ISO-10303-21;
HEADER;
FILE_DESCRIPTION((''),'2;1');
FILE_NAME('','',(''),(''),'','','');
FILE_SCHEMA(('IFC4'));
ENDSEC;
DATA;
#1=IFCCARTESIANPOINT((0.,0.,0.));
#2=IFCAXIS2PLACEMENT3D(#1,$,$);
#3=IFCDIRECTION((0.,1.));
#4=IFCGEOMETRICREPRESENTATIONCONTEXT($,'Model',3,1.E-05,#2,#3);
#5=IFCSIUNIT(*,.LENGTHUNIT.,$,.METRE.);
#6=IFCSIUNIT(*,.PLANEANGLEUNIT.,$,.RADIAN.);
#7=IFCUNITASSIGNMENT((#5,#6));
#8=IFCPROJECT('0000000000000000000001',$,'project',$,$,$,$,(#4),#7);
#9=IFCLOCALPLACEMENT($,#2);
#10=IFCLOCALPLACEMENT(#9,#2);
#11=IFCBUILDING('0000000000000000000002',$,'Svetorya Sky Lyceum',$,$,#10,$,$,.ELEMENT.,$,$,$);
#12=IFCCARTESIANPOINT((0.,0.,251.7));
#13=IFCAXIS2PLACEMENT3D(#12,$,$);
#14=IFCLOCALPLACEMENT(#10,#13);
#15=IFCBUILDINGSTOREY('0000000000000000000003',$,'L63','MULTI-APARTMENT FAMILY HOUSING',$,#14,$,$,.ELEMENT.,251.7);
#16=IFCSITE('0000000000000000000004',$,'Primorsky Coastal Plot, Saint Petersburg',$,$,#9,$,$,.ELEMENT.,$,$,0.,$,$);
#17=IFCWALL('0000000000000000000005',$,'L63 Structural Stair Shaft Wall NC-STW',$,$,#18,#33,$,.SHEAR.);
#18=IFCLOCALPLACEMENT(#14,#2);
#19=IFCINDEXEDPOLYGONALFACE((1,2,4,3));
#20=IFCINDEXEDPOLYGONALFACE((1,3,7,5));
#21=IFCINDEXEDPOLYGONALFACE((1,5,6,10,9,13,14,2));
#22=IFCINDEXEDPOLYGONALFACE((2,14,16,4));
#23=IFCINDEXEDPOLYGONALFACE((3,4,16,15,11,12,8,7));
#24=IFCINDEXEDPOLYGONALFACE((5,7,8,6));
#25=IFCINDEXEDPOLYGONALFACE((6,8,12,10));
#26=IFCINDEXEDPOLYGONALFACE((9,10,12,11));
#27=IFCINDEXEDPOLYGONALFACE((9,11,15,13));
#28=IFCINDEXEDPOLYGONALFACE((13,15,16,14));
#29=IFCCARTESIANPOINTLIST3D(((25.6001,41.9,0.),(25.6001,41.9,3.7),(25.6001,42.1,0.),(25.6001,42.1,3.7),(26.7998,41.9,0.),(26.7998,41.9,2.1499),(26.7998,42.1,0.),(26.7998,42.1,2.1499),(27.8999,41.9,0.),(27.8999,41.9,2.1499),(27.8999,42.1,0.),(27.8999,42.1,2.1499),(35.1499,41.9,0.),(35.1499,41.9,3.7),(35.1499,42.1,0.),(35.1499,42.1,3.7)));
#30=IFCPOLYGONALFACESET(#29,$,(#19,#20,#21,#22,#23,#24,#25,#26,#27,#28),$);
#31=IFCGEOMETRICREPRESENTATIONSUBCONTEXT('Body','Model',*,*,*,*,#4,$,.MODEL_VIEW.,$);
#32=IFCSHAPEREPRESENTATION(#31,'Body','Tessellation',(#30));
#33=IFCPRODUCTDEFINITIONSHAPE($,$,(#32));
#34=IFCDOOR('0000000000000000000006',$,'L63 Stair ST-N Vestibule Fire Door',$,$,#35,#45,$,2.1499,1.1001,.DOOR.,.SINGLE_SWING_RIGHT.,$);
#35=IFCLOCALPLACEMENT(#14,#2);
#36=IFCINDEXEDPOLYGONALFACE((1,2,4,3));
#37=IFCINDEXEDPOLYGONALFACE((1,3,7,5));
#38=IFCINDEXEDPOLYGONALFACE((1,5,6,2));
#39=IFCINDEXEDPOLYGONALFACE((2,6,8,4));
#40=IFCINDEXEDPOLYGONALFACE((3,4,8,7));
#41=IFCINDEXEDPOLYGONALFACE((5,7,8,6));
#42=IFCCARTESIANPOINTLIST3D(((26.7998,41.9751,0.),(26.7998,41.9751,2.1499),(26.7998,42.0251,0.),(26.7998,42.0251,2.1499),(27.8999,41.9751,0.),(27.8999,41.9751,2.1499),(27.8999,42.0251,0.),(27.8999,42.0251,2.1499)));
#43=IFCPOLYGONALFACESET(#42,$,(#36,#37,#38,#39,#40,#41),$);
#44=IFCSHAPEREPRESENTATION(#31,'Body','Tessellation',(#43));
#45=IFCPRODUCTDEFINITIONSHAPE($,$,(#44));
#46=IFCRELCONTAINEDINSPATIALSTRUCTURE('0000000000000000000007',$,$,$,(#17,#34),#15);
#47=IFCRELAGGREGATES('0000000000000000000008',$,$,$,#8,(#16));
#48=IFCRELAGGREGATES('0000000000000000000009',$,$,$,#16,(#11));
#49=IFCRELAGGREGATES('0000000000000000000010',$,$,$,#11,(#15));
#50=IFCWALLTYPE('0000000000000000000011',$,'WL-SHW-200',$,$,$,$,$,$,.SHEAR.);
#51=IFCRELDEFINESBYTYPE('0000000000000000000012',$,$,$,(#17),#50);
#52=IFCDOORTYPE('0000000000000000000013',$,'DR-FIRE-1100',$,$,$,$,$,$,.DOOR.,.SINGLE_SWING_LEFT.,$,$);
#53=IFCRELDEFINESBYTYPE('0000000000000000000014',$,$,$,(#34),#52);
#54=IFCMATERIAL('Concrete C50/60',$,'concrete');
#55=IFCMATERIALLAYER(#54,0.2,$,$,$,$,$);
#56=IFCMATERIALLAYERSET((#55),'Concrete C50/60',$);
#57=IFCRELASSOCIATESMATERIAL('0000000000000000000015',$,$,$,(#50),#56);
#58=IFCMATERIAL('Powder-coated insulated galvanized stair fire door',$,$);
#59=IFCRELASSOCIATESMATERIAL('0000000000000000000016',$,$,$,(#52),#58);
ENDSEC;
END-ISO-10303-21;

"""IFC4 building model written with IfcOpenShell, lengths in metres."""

from ifc_helpers import new_model, si_unit, direction, frame, frame_2d, origin, place, context, subcontext, project, spatial, rectangle, extrude, material, layer, layer_set, type_object, element, fill, save


model = new_model("IFC4")

# Units and contexts
model_context = context("Model", 3, precision=1e-05, world=origin(), true_north=direction((0.0, 1.0)))
body_context = subcontext(model_context, "Body", "Model", "MODEL_VIEW")
ifc_project = project(units=[si_unit("LENGTHUNIT", "METRE"), si_unit("PLANEANGLEUNIT", "RADIAN")], contexts=[model_context])

# Site, building, storey
site_placement = place(None, origin())
site = spatial("IfcSite", under=ifc_project, at=site_placement, Name="Primorsky Coastal Plot, Saint Petersburg", CompositionType="ELEMENT", RefElevation=0.0)
building_placement = place(site_placement, origin())
building = spatial("IfcBuilding", under=site, at=building_placement, Name="Svetorya Sky Lyceum", CompositionType="ELEMENT")
storey_placement = place(building_placement, frame((0.0, 0.0, 251.7)))
storey = spatial("IfcBuildingStorey", under=building, at=storey_placement, Name="L63", Description="MULTI-APARTMENT FAMILY HOUSING", CompositionType="ELEMENT", Elevation=251.7)

# Shared definitions
ifc_material_1 = material(Name="Concrete C50/60", Category="concrete")

# Wall, opening, door
ifc_layer_1 = layer(ifc_material_1, 0.2)
ifc_layer_set_1 = layer_set([ifc_layer_1], Name="Concrete C50/60")
wall_type_1 = type_object("IfcWallType", Name="WL-SHW-200", PredefinedType="SHEAR", material=ifc_layer_set_1)
wall_1_placement = place(storey_placement, frame((35.1499, 42.0, 0.0), z_axis=(0.0, 0.0, 1.0), x_axis=(-1.0, 0.0, 0.0)))
wall_1 = element("IfcWall", 1, at=wall_1_placement, inside=storey, type_object=wall_type_1, Name="L63 Structural Stair Shaft Wall NC-STW", PredefinedType="SHEAR", context=body_context, shape_type="SweptSolid", body=[
    extrude(rectangle(XDim=9.5498, YDim=0.2, at=frame_2d((4.7749, 0.0))), origin(), (0.0, 0.0, 1.0), 3.7),
])
opening_1_placement = place(wall_1_placement, frame((7.25, 0.0, 0.0)))
opening_1 = element("IfcOpeningElement", 2, at=opening_1_placement, cuts=wall_1, PredefinedType="OPENING", context=body_context, shape_type="SweptSolid", body=[
    extrude(rectangle(XDim=1.1001, YDim=2.1499, at=frame_2d((0.55, 1.075))), frame((0.0, 0.1099, 0.0), z_axis=(0.0, -1.0, 0.0), x_axis=(1.0, 0.0, 0.0)), (0.0, 0.0, 1.0), 0.22),
])
ifc_material_2 = material(Name="Powder-coated insulated galvanized stair fire door")
door_type_1 = type_object("IfcDoorType", Name="DR-FIRE-1100", OperationType="SINGLE_SWING_LEFT", PredefinedType="DOOR", material=ifc_material_2)
door_1_placement = place(opening_1_placement, origin())
door_1 = element("IfcDoor", 3, at=door_1_placement, inside=storey, type_object=door_type_1, Name="L63 Stair ST-N Vestibule Fire Door", OperationType="SINGLE_SWING_RIGHT", OverallHeight=2.1499, OverallWidth=1.1001, PredefinedType="DOOR", context=body_context, shape_type="SweptSolid", body=[
    extrude(rectangle(XDim=1.1001, YDim=2.1499, at=frame_2d((0.55, 1.075))), frame((0.0, 0.0249, 0.0), z_axis=(0.0, -1.0, 0.0), x_axis=(1.0, 0.0, 0.0)), (0.0, 0.0, 1.0), 0.05),
])
fill(opening_1, door_1)

save(model, "model.ifc")
